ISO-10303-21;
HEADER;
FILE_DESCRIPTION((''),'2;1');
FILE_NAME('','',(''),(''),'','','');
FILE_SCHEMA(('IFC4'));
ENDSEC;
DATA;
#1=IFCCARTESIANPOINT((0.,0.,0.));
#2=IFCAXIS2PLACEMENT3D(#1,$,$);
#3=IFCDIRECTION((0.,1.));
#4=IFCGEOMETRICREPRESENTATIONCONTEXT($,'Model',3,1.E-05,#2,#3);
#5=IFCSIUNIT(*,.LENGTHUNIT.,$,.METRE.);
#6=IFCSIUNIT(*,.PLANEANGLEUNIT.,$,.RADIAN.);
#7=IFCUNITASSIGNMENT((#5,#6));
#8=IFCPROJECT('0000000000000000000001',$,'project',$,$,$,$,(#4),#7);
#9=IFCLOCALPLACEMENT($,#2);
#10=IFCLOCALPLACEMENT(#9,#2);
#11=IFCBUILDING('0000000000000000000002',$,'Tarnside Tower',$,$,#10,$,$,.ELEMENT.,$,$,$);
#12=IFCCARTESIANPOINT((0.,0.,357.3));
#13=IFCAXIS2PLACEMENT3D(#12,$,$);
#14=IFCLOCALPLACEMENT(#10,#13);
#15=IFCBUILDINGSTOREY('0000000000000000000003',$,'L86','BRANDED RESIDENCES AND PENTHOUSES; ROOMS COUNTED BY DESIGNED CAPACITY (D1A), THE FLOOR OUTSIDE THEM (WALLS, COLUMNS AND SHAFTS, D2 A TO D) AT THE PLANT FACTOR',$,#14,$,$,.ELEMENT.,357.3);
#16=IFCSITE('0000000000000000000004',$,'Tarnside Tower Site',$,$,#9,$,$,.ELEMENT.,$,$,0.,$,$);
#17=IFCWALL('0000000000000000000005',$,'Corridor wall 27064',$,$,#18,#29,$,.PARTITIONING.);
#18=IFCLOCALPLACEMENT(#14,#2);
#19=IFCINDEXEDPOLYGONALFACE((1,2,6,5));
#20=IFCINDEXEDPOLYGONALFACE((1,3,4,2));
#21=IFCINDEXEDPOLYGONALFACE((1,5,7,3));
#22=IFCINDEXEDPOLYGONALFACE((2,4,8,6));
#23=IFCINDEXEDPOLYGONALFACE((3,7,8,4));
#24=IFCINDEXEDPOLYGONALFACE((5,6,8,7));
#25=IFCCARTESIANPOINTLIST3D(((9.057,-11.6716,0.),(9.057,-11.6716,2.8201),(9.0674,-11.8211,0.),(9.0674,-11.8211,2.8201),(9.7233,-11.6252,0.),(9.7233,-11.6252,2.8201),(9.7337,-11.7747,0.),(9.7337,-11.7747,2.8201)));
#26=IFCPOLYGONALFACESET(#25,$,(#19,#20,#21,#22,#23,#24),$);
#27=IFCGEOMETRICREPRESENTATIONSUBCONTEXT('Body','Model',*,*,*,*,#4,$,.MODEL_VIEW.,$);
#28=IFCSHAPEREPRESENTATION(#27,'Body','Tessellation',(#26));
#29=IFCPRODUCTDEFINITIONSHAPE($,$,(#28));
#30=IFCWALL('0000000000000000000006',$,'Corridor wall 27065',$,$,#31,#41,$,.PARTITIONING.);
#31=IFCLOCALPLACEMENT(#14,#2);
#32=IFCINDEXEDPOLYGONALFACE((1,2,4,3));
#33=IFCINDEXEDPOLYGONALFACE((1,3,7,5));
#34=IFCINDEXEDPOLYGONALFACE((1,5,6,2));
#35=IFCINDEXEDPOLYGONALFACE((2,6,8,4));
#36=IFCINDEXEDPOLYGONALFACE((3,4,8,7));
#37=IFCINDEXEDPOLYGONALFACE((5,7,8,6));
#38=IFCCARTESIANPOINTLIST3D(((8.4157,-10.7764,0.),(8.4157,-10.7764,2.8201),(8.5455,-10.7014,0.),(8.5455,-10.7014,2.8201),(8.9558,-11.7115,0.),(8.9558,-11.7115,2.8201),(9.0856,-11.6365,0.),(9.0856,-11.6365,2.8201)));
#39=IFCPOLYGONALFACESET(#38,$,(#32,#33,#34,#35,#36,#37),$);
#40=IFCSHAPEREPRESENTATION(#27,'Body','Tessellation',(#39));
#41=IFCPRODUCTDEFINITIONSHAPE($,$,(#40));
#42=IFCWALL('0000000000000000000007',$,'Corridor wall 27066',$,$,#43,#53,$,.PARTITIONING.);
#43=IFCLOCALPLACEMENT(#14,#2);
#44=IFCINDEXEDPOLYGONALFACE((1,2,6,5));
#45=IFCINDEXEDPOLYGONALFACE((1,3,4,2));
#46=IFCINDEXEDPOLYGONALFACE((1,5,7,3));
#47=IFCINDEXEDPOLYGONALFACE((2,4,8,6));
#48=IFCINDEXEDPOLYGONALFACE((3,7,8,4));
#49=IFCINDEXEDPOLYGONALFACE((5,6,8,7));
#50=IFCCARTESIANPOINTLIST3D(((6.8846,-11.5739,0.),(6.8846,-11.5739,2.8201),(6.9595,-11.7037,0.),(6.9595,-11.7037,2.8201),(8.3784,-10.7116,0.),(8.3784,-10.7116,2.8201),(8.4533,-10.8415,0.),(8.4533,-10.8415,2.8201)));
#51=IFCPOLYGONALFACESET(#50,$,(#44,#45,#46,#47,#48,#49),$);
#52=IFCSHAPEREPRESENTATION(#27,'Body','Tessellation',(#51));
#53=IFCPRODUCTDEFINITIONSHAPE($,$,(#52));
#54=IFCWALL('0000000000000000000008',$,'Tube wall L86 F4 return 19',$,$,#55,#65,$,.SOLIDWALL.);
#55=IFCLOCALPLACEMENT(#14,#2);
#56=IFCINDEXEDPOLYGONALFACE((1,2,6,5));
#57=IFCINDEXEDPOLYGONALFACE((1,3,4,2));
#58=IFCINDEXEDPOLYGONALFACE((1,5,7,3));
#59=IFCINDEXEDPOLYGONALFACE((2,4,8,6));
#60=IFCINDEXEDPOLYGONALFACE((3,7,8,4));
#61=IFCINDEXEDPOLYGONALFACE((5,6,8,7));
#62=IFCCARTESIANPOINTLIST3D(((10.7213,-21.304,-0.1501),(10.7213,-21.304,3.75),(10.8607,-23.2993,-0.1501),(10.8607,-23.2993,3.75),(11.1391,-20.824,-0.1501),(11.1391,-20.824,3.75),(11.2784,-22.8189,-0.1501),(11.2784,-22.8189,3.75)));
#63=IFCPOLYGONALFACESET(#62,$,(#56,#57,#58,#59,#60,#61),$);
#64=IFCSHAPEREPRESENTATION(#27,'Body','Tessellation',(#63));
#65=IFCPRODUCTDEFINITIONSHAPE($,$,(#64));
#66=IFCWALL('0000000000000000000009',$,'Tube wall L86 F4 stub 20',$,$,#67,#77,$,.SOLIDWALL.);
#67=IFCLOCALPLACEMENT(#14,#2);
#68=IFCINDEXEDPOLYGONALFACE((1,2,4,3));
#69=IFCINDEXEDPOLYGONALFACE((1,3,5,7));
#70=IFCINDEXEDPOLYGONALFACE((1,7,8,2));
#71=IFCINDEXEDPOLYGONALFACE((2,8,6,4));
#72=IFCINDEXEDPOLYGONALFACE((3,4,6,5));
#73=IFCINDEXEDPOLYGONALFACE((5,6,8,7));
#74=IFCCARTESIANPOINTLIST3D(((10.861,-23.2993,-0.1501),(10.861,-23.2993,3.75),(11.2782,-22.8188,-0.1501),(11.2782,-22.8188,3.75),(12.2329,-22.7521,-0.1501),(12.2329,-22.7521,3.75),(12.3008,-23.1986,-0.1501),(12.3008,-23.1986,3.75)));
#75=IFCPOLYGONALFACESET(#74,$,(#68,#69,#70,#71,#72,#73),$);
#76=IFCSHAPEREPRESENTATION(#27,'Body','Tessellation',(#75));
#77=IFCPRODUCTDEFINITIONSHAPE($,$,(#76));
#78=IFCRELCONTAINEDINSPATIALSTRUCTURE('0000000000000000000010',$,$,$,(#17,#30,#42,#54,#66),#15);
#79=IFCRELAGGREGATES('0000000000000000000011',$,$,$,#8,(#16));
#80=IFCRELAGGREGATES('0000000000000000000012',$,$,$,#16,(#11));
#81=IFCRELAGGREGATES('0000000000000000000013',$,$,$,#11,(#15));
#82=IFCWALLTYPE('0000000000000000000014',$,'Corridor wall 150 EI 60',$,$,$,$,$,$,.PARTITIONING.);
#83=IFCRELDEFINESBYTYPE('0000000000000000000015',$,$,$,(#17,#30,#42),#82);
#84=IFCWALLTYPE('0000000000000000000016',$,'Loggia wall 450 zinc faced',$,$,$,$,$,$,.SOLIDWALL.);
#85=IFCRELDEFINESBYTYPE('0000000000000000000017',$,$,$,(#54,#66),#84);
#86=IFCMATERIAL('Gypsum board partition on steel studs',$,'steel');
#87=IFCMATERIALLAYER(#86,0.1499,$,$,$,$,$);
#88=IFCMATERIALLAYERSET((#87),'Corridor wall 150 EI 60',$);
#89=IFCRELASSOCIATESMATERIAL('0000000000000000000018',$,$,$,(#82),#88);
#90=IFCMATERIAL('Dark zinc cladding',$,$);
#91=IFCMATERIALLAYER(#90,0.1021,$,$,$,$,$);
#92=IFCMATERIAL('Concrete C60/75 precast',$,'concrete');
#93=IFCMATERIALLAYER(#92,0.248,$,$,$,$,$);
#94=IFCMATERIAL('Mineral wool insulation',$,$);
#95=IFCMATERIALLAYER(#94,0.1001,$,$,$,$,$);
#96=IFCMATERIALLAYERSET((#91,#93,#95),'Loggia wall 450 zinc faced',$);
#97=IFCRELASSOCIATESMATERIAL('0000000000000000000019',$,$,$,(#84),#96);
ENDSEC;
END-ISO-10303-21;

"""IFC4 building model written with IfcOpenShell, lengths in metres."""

from ifc_helpers import new_model, si_unit, direction, frame, frame_2d, origin, place, context, subcontext, project, spatial, polyline, rectangle, outline, extrude, material, layer, layer_set, type_object, element, save


model = new_model("IFC4")

# Units and contexts
model_context = context("Model", 3, precision=1e-05, world=origin(), true_north=direction((0.0, 1.0)))
body_context = subcontext(model_context, "Body", "Model", "MODEL_VIEW")
ifc_project = project(units=[si_unit("LENGTHUNIT", "METRE"), si_unit("PLANEANGLEUNIT", "RADIAN")], contexts=[model_context])

# Site, building, storey
site_placement = place(None, origin())
site = spatial("IfcSite", under=ifc_project, at=site_placement, Name="Tarnside Tower Site", CompositionType="ELEMENT", RefElevation=0.0)
building_placement = place(site_placement, origin())
building = spatial("IfcBuilding", under=site, at=building_placement, Name="Tarnside Tower", CompositionType="ELEMENT")
storey_placement = place(building_placement, frame((0.0, 0.0, 357.3)))
storey = spatial("IfcBuildingStorey", under=building, at=storey_placement, Name="L86", Description="BRANDED RESIDENCES AND PENTHOUSES; ROOMS COUNTED BY DESIGNED CAPACITY (D1A), THE FLOOR OUTSIDE THEM (WALLS, COLUMNS AND SHAFTS, D2 A TO D) AT THE PLANT FACTOR", CompositionType="ELEMENT", Elevation=357.3)

# Shared definitions
ifc_material_1 = material(Name="Gypsum board partition on steel studs", Category="steel")
ifc_layer_1 = layer(ifc_material_1, 0.1499)
ifc_layer_set_1 = layer_set([ifc_layer_1], Name="Corridor wall 150 EI 60")
wall_type_1 = type_object("IfcWallType", Name="Corridor wall 150 EI 60", PredefinedType="PARTITIONING", material=ifc_layer_set_1)

# Walls
wall_1_placement = place(storey_placement, frame((9.7285, -11.7, 0.0), z_axis=(0.0, 0.0, 1.0), x_axis=(-0.997585, -0.069454, 0.0)))
element("IfcWall", 1, at=wall_1_placement, inside=storey, type_object=wall_type_1, Name="Corridor wall 27064", PredefinedType="PARTITIONING", context=body_context, shape_type="SweptSolid", body=[
    extrude(rectangle(XDim=0.668, YDim=0.1499, at=frame_2d((0.334, 0.0))), origin(), (0.0, 0.0, 1.0), 2.8201),
])
wall_2_placement = place(storey_placement, frame((9.0208, -11.6741, 0.0), z_axis=(0.0, 0.0, 1.0), x_axis=(-0.500127, 0.865952, 0.0)))
element("IfcWall", 2, at=wall_2_placement, inside=storey, type_object=wall_type_1, Name="Corridor wall 27065", PredefinedType="PARTITIONING", context=body_context, shape_type="SweptSolid", body=[
    extrude(rectangle(XDim=1.0798, YDim=0.1499, at=frame_2d((0.54, 0.0))), origin(), (0.0, 0.0, 1.0), 2.8201),
])
wall_3_placement = place(storey_placement, frame((8.4158, -10.7766, 0.0), z_axis=(0.0, 0.0, 1.0), x_axis=(-0.866075, -0.499914, 0.0)))
element("IfcWall", 3, at=wall_3_placement, inside=storey, type_object=wall_type_1, Name="Corridor wall 27066", PredefinedType="PARTITIONING", context=body_context, shape_type="SweptSolid", body=[
    extrude(rectangle(XDim=1.7249, YDim=0.1499, at=frame_2d((0.8623, 0.0))), origin(), (0.0, 0.0, 1.0), 2.8201),
])
ifc_material_2 = material(Name="Dark zinc cladding")
ifc_layer_2 = layer(ifc_material_2, 0.1021)
ifc_material_3 = material(Name="Concrete C60/75 precast", Category="concrete")
ifc_layer_3 = layer(ifc_material_3, 0.248)
ifc_material_4 = material(Name="Mineral wool insulation")
ifc_layer_4 = layer(ifc_material_4, 0.1001)
ifc_layer_set_2 = layer_set([ifc_layer_2, ifc_layer_3, ifc_layer_4], Name="Loggia wall 450 zinc faced")
wall_type_2 = type_object("IfcWallType", Name="Loggia wall 450 zinc faced", PredefinedType="SOLIDWALL", material=ifc_layer_set_2)
wall_4_placement = place(storey_placement, frame((10.9302, -21.064, -0.1501), z_axis=(0.0, 0.0, 1.0), x_axis=(0.069703, -0.997568, 0.0)))
element("IfcWall", 4, at=wall_4_placement, inside=storey, type_object=wall_type_2, Name="Tube wall L86 F4 return 19", PredefinedType="SOLIDWALL", context=body_context, shape_type="SweptSolid", body=[
    extrude(outline(polyline([(0.2249, -0.2251), (2.2251, -0.2251), (1.7749, 0.2251), (-0.2249, 0.2251), (0.2249, -0.2251)])), origin(), (0.0, 0.0, 1.0), 3.9001),
])
wall_5_placement = place(storey_placement, frame((11.0696, -23.0591, -0.1501), z_axis=(0.0, 0.0, 1.0), x_axis=(0.997563, 0.069772, 0.0)))
element("IfcWall", 5, at=wall_5_placement, inside=storey, type_object=wall_type_2, Name="Tube wall L86 F4 stub 20", PredefinedType="SOLIDWALL", context=body_context, shape_type="SweptSolid", body=[
    extrude(outline(polyline([(-0.2249, -0.2251), (1.2185, -0.2251), (1.1819, 0.2251), (0.2249, 0.2251), (-0.2249, -0.2251)])), origin(), (0.0, 0.0, 1.0), 3.9001),
])

save(model, "model.ifc")
